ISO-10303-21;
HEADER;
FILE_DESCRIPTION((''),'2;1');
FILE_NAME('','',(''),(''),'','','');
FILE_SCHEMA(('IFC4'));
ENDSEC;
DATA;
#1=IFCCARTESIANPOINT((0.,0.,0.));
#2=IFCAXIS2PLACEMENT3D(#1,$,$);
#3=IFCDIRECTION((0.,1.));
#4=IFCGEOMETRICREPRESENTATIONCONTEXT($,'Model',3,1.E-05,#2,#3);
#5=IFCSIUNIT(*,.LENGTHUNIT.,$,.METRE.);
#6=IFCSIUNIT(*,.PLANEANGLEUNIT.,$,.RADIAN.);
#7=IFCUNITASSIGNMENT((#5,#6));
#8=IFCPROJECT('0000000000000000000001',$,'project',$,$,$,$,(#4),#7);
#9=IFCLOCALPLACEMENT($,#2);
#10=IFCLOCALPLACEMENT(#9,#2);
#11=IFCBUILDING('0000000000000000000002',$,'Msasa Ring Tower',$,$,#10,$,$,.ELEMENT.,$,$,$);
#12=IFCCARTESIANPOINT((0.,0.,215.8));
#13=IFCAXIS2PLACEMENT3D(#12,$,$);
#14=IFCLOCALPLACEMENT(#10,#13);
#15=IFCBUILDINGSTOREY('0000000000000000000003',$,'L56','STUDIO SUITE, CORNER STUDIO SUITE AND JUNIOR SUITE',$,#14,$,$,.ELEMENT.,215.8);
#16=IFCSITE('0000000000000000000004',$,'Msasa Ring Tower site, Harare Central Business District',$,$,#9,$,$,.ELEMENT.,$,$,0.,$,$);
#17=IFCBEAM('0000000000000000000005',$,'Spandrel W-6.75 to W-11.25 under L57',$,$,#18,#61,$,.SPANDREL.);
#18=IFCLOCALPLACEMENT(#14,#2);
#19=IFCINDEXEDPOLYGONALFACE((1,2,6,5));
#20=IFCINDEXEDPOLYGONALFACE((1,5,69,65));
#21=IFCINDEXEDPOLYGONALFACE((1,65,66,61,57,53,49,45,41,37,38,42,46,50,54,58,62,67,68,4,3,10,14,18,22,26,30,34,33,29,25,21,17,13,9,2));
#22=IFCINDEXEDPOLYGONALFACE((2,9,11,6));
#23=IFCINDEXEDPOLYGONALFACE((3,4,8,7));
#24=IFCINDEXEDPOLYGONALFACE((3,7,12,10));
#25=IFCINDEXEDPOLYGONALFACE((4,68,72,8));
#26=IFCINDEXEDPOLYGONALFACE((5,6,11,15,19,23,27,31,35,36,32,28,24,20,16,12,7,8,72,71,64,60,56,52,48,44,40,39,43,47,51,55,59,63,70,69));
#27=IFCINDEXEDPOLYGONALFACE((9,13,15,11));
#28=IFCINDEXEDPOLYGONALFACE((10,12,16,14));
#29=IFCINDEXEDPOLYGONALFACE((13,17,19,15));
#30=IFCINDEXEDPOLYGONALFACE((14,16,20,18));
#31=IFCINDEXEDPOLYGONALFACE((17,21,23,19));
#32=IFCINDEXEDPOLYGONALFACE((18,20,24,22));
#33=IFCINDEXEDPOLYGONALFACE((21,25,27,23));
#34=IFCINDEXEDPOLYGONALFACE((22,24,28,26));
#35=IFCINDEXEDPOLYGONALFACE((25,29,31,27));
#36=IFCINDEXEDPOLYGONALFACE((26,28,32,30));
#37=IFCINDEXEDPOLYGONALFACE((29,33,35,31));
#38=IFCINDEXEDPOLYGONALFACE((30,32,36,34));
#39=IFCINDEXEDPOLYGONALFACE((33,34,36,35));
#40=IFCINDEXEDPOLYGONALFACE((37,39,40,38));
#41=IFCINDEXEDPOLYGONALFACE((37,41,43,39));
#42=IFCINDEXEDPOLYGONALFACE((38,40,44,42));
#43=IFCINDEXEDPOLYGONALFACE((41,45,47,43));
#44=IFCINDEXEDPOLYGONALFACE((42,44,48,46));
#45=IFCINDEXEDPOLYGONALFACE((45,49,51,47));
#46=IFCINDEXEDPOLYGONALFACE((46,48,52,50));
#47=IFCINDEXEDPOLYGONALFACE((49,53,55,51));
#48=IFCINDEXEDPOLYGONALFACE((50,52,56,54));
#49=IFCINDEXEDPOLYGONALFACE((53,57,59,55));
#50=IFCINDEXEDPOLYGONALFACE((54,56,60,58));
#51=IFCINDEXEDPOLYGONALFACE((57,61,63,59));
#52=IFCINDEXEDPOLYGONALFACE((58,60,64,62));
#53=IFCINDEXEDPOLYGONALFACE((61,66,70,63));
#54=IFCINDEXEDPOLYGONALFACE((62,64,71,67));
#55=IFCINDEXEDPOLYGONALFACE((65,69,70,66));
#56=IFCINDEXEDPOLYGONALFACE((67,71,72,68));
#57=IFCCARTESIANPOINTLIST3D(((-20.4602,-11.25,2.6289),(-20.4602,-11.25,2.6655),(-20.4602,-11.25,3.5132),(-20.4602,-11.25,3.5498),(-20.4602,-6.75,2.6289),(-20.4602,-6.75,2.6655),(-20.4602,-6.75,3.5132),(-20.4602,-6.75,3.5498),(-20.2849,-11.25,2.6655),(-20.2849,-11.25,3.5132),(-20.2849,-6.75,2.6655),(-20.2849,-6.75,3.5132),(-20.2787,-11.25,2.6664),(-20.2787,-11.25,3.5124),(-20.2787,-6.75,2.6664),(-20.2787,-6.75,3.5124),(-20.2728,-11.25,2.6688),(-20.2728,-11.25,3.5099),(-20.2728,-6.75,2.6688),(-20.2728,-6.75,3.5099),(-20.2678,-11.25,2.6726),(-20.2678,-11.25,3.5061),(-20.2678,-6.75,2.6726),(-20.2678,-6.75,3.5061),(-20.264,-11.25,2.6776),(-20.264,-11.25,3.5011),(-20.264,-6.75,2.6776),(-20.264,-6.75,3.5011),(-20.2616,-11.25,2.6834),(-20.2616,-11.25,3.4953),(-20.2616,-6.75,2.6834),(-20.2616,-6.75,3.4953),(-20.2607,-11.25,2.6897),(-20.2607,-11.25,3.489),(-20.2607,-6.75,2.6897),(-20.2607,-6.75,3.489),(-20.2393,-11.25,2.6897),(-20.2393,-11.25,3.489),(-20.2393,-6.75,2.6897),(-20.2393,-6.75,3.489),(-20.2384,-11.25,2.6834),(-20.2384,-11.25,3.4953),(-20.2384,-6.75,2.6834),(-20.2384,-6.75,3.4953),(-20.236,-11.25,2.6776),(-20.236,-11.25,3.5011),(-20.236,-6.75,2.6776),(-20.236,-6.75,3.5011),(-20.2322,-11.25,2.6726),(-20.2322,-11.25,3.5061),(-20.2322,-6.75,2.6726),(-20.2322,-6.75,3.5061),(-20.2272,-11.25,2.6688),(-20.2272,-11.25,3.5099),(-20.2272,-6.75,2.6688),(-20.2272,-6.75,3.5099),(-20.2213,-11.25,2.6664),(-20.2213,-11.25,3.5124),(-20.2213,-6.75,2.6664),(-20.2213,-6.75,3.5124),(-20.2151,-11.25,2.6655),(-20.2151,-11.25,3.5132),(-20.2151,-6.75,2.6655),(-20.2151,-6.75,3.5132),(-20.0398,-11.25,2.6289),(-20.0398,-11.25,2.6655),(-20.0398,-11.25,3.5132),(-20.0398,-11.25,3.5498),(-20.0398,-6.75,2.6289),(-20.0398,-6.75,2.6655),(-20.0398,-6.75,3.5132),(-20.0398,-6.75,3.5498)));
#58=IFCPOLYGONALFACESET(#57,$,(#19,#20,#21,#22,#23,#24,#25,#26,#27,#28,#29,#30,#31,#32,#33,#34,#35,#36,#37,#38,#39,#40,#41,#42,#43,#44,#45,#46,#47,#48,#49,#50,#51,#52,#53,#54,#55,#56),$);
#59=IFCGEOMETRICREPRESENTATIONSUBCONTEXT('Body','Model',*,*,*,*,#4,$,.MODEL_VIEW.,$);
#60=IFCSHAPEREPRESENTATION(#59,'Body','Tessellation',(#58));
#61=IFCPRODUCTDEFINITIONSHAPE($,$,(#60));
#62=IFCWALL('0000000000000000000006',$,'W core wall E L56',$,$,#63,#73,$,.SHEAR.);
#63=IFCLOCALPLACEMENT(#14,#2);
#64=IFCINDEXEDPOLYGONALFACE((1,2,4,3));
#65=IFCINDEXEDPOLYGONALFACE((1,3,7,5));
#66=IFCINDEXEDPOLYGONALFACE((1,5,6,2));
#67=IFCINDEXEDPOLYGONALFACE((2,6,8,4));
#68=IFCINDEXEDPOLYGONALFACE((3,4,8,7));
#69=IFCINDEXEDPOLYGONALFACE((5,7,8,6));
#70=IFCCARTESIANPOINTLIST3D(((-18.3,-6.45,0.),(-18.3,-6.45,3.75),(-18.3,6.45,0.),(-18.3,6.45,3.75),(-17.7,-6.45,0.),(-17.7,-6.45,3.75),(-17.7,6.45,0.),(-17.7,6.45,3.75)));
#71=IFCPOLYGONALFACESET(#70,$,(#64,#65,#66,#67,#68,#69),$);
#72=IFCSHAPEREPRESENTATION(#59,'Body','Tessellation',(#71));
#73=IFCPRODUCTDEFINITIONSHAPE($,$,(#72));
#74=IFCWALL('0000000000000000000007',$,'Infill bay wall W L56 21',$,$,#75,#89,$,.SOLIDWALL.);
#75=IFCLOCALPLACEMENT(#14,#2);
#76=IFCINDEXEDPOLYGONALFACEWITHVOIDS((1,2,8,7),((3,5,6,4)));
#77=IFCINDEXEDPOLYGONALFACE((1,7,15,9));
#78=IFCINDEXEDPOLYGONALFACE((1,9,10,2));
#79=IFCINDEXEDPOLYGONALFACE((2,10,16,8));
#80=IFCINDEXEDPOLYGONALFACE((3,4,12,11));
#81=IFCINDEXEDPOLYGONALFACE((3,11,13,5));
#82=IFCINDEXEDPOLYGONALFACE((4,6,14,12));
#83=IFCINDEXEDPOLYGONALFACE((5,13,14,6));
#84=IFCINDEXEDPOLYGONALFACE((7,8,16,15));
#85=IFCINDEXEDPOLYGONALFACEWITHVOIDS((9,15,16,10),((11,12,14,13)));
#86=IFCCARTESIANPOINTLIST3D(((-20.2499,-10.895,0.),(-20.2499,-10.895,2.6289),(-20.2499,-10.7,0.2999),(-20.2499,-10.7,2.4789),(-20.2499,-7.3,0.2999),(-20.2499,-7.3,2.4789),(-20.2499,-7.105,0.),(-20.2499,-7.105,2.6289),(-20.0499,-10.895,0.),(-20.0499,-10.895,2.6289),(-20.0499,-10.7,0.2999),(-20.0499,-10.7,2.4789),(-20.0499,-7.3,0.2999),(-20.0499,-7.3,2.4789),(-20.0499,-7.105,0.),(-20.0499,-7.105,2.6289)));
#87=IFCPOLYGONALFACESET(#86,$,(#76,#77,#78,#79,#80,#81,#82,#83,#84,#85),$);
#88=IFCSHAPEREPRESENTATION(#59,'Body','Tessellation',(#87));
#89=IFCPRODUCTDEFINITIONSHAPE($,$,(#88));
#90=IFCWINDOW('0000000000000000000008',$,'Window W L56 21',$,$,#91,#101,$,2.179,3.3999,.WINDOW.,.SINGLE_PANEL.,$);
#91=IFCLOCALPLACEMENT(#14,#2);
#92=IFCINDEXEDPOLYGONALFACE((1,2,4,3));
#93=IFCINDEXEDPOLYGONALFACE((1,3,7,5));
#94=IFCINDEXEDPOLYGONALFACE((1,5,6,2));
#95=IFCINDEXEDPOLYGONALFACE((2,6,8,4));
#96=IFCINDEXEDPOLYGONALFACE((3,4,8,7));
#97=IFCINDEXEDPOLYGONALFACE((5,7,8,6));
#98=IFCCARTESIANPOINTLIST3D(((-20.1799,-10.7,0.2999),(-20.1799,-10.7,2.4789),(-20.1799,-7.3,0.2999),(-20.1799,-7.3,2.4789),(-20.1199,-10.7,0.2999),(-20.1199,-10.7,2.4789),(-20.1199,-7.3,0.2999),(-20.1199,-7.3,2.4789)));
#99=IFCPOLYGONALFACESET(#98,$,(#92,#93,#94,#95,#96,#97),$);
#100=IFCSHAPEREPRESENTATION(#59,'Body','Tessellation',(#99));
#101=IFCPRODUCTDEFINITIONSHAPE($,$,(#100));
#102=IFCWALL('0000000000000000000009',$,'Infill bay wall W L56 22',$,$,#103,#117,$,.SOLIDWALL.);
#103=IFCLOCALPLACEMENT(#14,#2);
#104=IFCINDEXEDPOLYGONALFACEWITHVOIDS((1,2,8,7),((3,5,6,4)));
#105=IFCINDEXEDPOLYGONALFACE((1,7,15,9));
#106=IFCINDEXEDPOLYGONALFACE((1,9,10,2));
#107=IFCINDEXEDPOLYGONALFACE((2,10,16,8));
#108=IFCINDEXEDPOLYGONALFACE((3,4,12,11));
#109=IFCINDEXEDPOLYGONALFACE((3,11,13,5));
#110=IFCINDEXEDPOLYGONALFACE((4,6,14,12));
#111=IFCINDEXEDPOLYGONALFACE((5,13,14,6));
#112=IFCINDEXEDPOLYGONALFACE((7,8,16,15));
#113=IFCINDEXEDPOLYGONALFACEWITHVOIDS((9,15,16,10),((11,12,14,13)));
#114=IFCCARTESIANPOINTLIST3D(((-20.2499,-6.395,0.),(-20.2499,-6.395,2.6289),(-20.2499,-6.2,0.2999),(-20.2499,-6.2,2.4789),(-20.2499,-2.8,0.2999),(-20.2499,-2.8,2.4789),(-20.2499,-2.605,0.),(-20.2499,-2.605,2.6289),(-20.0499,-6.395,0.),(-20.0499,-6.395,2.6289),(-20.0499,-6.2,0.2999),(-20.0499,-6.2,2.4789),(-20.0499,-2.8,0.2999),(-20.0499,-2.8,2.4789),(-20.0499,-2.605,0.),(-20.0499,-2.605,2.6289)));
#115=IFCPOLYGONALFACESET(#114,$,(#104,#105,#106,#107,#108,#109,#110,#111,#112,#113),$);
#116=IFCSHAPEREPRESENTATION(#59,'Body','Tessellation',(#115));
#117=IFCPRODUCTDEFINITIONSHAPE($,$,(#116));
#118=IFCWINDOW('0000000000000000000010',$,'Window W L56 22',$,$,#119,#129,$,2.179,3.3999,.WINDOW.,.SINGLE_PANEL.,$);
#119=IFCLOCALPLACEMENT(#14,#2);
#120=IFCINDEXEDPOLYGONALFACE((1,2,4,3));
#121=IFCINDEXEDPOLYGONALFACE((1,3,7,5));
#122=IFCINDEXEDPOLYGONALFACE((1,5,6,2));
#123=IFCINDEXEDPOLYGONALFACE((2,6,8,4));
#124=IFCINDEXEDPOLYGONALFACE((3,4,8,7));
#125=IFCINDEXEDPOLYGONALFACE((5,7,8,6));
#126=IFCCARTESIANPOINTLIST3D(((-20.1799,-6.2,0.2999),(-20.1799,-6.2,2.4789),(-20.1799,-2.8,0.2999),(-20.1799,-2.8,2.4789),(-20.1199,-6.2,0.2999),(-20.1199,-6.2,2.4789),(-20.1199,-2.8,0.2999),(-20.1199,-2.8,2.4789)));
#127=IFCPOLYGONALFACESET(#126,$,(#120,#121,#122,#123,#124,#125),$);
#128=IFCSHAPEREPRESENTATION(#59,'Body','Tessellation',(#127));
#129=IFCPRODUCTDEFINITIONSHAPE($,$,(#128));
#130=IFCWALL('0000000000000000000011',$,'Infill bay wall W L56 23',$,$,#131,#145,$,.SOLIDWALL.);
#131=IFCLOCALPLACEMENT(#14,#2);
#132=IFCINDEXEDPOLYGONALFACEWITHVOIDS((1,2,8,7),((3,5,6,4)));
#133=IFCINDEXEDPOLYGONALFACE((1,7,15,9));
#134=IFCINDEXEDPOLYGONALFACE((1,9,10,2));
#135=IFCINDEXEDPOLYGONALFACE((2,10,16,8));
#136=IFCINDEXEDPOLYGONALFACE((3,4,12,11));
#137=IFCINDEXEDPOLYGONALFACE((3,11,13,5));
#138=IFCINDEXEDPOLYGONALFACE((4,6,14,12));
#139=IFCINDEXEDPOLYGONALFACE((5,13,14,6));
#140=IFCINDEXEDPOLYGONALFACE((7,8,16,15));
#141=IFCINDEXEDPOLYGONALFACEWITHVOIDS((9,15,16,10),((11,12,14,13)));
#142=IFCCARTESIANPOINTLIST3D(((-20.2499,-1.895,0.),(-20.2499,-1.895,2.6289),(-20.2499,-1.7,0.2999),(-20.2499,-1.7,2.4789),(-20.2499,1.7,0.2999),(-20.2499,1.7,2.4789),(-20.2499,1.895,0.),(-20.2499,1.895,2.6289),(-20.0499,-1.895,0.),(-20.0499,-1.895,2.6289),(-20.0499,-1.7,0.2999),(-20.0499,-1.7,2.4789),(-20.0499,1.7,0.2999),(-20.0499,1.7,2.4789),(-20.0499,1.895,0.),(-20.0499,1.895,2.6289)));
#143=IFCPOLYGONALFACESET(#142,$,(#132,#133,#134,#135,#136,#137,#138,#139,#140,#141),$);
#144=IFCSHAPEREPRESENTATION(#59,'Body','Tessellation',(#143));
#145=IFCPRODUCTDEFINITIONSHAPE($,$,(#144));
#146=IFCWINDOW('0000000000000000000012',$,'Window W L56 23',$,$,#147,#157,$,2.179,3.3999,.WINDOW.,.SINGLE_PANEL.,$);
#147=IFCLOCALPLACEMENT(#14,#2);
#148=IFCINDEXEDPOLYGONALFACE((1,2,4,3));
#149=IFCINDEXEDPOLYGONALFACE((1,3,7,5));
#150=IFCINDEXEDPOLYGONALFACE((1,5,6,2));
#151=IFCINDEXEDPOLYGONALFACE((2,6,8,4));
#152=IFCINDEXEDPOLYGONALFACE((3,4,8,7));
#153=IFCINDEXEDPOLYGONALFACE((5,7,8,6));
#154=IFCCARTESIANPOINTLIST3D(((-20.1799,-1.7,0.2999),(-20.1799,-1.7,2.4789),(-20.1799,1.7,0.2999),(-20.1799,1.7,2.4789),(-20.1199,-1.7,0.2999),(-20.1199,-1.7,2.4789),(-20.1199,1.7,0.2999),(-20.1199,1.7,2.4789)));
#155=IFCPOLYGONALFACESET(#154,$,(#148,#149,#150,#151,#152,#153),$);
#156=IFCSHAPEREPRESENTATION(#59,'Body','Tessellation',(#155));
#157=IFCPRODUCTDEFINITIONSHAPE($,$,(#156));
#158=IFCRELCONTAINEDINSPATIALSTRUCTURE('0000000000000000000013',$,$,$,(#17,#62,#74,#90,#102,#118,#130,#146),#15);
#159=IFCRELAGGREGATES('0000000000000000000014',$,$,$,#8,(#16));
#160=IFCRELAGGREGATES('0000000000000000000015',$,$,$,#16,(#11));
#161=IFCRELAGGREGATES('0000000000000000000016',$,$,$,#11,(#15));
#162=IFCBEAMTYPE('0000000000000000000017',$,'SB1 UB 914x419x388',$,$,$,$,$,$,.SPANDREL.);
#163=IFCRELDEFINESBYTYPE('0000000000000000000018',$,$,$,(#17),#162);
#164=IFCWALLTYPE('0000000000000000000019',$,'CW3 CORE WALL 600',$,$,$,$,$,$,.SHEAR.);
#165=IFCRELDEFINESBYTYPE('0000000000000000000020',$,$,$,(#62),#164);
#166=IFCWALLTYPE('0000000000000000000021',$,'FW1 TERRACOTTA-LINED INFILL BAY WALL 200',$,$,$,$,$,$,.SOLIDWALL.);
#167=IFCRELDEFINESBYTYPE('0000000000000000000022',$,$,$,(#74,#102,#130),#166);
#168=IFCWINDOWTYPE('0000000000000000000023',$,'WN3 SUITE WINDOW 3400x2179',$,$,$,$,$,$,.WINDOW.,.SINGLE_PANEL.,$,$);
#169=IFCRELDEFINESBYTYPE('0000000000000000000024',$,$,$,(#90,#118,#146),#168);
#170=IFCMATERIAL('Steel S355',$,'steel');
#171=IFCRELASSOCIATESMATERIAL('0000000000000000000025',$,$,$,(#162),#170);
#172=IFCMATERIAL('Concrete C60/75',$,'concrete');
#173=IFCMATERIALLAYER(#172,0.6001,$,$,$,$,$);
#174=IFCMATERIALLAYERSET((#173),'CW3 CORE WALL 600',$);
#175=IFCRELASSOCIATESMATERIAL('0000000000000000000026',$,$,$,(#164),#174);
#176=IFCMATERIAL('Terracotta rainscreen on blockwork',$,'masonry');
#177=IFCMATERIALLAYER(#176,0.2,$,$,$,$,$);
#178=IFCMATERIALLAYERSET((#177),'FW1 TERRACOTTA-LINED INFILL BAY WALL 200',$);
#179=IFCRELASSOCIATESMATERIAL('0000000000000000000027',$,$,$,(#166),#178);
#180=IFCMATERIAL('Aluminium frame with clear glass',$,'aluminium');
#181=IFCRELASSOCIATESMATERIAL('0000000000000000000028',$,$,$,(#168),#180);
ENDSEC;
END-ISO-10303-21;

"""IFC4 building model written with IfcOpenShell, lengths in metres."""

from ifc_helpers import new_model, si_unit, direction, frame, frame_2d, origin, origin_2d, place, context, subcontext, project, spatial, rectangle, i_section, extrude, material, layer, layer_set, material_profile, profile_set, type_object, element, fill, save


model = new_model("IFC4")

# Units and contexts
model_context = context("Model", 3, precision=1e-05, world=origin(), true_north=direction((0.0, 1.0)))
body_context = subcontext(model_context, "Body", "Model", "MODEL_VIEW")
ifc_project = project(units=[si_unit("LENGTHUNIT", "METRE"), si_unit("PLANEANGLEUNIT", "RADIAN")], contexts=[model_context])

# Site, building, storey
site_placement = place(None, origin())
site = spatial("IfcSite", under=ifc_project, at=site_placement, Name="Msasa Ring Tower site, Harare Central Business District", CompositionType="ELEMENT", RefElevation=0.0)
building_placement = place(site_placement, origin())
building = spatial("IfcBuilding", under=site, at=building_placement, Name="Msasa Ring Tower", CompositionType="ELEMENT")
storey_placement = place(building_placement, frame((0.0, 0.0, 215.8)))
storey = spatial("IfcBuildingStorey", under=building, at=storey_placement, Name="L56", Description="STUDIO SUITE, CORNER STUDIO SUITE AND JUNIOR SUITE", CompositionType="ELEMENT", Elevation=215.8)

# Beam
ifc_material_1 = material(Name="Steel S355", Category="steel")
ifc_material_profile_1 = material_profile(ifc_material_1, i_section(OverallWidth=0.4204, OverallDepth=0.9209, WebThickness=0.0215, FlangeThickness=0.0366, FilletRadius=0.0242, at=origin_2d()), Name="UB 914x419x388")
ifc_profile_set_1 = profile_set([ifc_material_profile_1], Name="Steel S355")
beam_type_1 = type_object("IfcBeamType", Name="SB1 UB 914x419x388", PredefinedType="SPANDREL", material=ifc_profile_set_1)
for number, where, z_axis, x_axis, name in (
    (1, (-20.25, -6.75, 3.0894), (0.0, -1.0, 0.0), (1.0, 0.0, 0.0), "Spandrel W-6.75 to W-11.25 under L57"),
):
    element("IfcBeam", number, at=place(storey_placement, frame(where, z_axis=z_axis, x_axis=x_axis)), inside=storey, type_object=beam_type_1, Name=name, PredefinedType="SPANDREL", context=body_context, shape_type="SweptSolid", body=[
        extrude(i_section(OverallWidth=0.4204, OverallDepth=0.9209, WebThickness=0.0215, FlangeThickness=0.0366, FilletRadius=0.0242, at=origin_2d()), origin(), (0.0, 0.0, 1.0), 4.5),
    ])

# Wall
ifc_material_2 = material(Name="Concrete C60/75", Category="concrete")
ifc_layer_1 = layer(ifc_material_2, 0.6001)
ifc_layer_set_1 = layer_set([ifc_layer_1], Name="CW3 CORE WALL 600")
wall_type_1 = type_object("IfcWallType", Name="CW3 CORE WALL 600", PredefinedType="SHEAR", material=ifc_layer_set_1)
wall_1_placement = place(storey_placement, frame((-18.0, -6.45, 0.0), z_axis=(0.0, 0.0, 1.0), x_axis=(0.0, 1.0, 0.0)))
element("IfcWall", 2, at=wall_1_placement, inside=storey, type_object=wall_type_1, Name="W core wall E L56", PredefinedType="SHEAR", context=body_context, shape_type="SweptSolid", body=[
    extrude(rectangle(XDim=12.8999, YDim=0.6001, at=frame_2d((6.45, 0.0))), origin(), (0.0, 0.0, 1.0), 3.75),
])

# Walls, openings, windows
ifc_material_3 = material(Name="Terracotta rainscreen on blockwork", Category="masonry")
ifc_layer_2 = layer(ifc_material_3, 0.2)
ifc_layer_set_2 = layer_set([ifc_layer_2], Name="FW1 TERRACOTTA-LINED INFILL BAY WALL 200")
wall_type_2 = type_object("IfcWallType", Name="FW1 TERRACOTTA-LINED INFILL BAY WALL 200", PredefinedType="SOLIDWALL", material=ifc_layer_set_2)
wall_2_placement = place(storey_placement, frame((-20.1499, -10.895, 0.0), z_axis=(0.0, 0.0, 1.0), x_axis=(0.0, 1.0, 0.0)))
wall_2 = element("IfcWall", 3, at=wall_2_placement, inside=storey, type_object=wall_type_2, Name="Infill bay wall W L56 21", PredefinedType="SOLIDWALL", context=body_context, shape_type="SweptSolid", body=[
    extrude(rectangle(XDim=3.79, YDim=0.2, at=frame_2d((1.895, 0.0))), origin(), (0.0, 0.0, 1.0), 2.6289),
])
opening_1_placement = place(wall_2_placement, frame((0.1951, 0.0, 0.3)))
opening_1 = element("IfcOpeningElement", 4, at=opening_1_placement, cuts=wall_2, PredefinedType="OPENING", context=body_context, shape_type="SweptSolid", body=[
    extrude(rectangle(XDim=3.3999, YDim=2.179, at=frame_2d((1.7, 1.0894))), frame((0.0, 0.1099, 0.0), z_axis=(0.0, -1.0, 0.0), x_axis=(1.0, 0.0, 0.0)), (0.0, 0.0, 1.0), 0.22),
])
ifc_material_4 = material(Name="Aluminium frame with clear glass", Category="aluminium")
window_type = type_object("IfcWindowType", Name="WN3 SUITE WINDOW 3400x2179", PartitioningType="SINGLE_PANEL", PredefinedType="WINDOW", material=ifc_material_4)
window_1_placement = place(opening_1_placement, origin())
window_1 = element("IfcWindow", 5, at=window_1_placement, inside=storey, type_object=window_type, Name="Window W L56 21", OverallHeight=2.179, OverallWidth=3.3999, PartitioningType="SINGLE_PANEL", PredefinedType="WINDOW", context=body_context, shape_type="SweptSolid", body=[
    extrude(rectangle(XDim=3.3999, YDim=2.179, at=frame_2d((1.7, 1.0894))), frame((0.0, 0.03, 0.0), z_axis=(0.0, -1.0, 0.0), x_axis=(1.0, 0.0, 0.0)), (0.0, 0.0, 1.0), 0.0601),
])
fill(opening_1, window_1)
wall_3_placement = place(storey_placement, frame((-20.1499, -6.395, 0.0), z_axis=(0.0, 0.0, 1.0), x_axis=(0.0, 1.0, 0.0)))
wall_3 = element("IfcWall", 6, at=wall_3_placement, inside=storey, type_object=wall_type_2, Name="Infill bay wall W L56 22", PredefinedType="SOLIDWALL", context=body_context, shape_type="SweptSolid", body=[
    extrude(rectangle(XDim=3.79, YDim=0.2, at=frame_2d((1.895, 0.0))), origin(), (0.0, 0.0, 1.0), 2.6289),
])
opening_2_placement = place(wall_3_placement, frame((0.1951, 0.0, 0.3)))
opening_2 = element("IfcOpeningElement", 7, at=opening_2_placement, cuts=wall_3, PredefinedType="OPENING", context=body_context, shape_type="SweptSolid", body=[
    extrude(rectangle(XDim=3.3999, YDim=2.179, at=frame_2d((1.7, 1.0894))), frame((0.0, 0.1099, 0.0), z_axis=(0.0, -1.0, 0.0), x_axis=(1.0, 0.0, 0.0)), (0.0, 0.0, 1.0), 0.22),
])
window_2_placement = place(opening_2_placement, origin())
window_2 = element("IfcWindow", 8, at=window_2_placement, inside=storey, type_object=window_type, Name="Window W L56 22", OverallHeight=2.179, OverallWidth=3.3999, PartitioningType="SINGLE_PANEL", PredefinedType="WINDOW", context=body_context, shape_type="SweptSolid", body=[
    extrude(rectangle(XDim=3.3999, YDim=2.179, at=frame_2d((1.7, 1.0894))), frame((0.0, 0.03, 0.0), z_axis=(0.0, -1.0, 0.0), x_axis=(1.0, 0.0, 0.0)), (0.0, 0.0, 1.0), 0.0601),
])
fill(opening_2, window_2)
wall_4_placement = place(storey_placement, frame((-20.1499, -1.895, 0.0), z_axis=(0.0, 0.0, 1.0), x_axis=(0.0, 1.0, 0.0)))
wall_4 = element("IfcWall", 9, at=wall_4_placement, inside=storey, type_object=wall_type_2, Name="Infill bay wall W L56 23", PredefinedType="SOLIDWALL", context=body_context, shape_type="SweptSolid", body=[
    extrude(rectangle(XDim=3.79, YDim=0.2, at=frame_2d((1.895, 0.0))), origin(), (0.0, 0.0, 1.0), 2.6289),
])
opening_3_placement = place(wall_4_placement, frame((0.1951, 0.0, 0.3)))
opening_3 = element("IfcOpeningElement", 10, at=opening_3_placement, cuts=wall_4, PredefinedType="OPENING", context=body_context, shape_type="SweptSolid", body=[
    extrude(rectangle(XDim=3.3999, YDim=2.179, at=frame_2d((1.7, 1.0894))), frame((0.0, 0.1099, 0.0), z_axis=(0.0, -1.0, 0.0), x_axis=(1.0, 0.0, 0.0)), (0.0, 0.0, 1.0), 0.22),
])
window_3_placement = place(opening_3_placement, origin())
window_3 = element("IfcWindow", 11, at=window_3_placement, inside=storey, type_object=window_type, Name="Window W L56 23", OverallHeight=2.179, OverallWidth=3.3999, PartitioningType="SINGLE_PANEL", PredefinedType="WINDOW", context=body_context, shape_type="SweptSolid", body=[
    extrude(rectangle(XDim=3.3999, YDim=2.179, at=frame_2d((1.7, 1.0894))), frame((0.0, 0.03, 0.0), z_axis=(0.0, -1.0, 0.0), x_axis=(1.0, 0.0, 0.0)), (0.0, 0.0, 1.0), 0.0601),
])
fill(opening_3, window_3)

save(model, "model.ifc")
